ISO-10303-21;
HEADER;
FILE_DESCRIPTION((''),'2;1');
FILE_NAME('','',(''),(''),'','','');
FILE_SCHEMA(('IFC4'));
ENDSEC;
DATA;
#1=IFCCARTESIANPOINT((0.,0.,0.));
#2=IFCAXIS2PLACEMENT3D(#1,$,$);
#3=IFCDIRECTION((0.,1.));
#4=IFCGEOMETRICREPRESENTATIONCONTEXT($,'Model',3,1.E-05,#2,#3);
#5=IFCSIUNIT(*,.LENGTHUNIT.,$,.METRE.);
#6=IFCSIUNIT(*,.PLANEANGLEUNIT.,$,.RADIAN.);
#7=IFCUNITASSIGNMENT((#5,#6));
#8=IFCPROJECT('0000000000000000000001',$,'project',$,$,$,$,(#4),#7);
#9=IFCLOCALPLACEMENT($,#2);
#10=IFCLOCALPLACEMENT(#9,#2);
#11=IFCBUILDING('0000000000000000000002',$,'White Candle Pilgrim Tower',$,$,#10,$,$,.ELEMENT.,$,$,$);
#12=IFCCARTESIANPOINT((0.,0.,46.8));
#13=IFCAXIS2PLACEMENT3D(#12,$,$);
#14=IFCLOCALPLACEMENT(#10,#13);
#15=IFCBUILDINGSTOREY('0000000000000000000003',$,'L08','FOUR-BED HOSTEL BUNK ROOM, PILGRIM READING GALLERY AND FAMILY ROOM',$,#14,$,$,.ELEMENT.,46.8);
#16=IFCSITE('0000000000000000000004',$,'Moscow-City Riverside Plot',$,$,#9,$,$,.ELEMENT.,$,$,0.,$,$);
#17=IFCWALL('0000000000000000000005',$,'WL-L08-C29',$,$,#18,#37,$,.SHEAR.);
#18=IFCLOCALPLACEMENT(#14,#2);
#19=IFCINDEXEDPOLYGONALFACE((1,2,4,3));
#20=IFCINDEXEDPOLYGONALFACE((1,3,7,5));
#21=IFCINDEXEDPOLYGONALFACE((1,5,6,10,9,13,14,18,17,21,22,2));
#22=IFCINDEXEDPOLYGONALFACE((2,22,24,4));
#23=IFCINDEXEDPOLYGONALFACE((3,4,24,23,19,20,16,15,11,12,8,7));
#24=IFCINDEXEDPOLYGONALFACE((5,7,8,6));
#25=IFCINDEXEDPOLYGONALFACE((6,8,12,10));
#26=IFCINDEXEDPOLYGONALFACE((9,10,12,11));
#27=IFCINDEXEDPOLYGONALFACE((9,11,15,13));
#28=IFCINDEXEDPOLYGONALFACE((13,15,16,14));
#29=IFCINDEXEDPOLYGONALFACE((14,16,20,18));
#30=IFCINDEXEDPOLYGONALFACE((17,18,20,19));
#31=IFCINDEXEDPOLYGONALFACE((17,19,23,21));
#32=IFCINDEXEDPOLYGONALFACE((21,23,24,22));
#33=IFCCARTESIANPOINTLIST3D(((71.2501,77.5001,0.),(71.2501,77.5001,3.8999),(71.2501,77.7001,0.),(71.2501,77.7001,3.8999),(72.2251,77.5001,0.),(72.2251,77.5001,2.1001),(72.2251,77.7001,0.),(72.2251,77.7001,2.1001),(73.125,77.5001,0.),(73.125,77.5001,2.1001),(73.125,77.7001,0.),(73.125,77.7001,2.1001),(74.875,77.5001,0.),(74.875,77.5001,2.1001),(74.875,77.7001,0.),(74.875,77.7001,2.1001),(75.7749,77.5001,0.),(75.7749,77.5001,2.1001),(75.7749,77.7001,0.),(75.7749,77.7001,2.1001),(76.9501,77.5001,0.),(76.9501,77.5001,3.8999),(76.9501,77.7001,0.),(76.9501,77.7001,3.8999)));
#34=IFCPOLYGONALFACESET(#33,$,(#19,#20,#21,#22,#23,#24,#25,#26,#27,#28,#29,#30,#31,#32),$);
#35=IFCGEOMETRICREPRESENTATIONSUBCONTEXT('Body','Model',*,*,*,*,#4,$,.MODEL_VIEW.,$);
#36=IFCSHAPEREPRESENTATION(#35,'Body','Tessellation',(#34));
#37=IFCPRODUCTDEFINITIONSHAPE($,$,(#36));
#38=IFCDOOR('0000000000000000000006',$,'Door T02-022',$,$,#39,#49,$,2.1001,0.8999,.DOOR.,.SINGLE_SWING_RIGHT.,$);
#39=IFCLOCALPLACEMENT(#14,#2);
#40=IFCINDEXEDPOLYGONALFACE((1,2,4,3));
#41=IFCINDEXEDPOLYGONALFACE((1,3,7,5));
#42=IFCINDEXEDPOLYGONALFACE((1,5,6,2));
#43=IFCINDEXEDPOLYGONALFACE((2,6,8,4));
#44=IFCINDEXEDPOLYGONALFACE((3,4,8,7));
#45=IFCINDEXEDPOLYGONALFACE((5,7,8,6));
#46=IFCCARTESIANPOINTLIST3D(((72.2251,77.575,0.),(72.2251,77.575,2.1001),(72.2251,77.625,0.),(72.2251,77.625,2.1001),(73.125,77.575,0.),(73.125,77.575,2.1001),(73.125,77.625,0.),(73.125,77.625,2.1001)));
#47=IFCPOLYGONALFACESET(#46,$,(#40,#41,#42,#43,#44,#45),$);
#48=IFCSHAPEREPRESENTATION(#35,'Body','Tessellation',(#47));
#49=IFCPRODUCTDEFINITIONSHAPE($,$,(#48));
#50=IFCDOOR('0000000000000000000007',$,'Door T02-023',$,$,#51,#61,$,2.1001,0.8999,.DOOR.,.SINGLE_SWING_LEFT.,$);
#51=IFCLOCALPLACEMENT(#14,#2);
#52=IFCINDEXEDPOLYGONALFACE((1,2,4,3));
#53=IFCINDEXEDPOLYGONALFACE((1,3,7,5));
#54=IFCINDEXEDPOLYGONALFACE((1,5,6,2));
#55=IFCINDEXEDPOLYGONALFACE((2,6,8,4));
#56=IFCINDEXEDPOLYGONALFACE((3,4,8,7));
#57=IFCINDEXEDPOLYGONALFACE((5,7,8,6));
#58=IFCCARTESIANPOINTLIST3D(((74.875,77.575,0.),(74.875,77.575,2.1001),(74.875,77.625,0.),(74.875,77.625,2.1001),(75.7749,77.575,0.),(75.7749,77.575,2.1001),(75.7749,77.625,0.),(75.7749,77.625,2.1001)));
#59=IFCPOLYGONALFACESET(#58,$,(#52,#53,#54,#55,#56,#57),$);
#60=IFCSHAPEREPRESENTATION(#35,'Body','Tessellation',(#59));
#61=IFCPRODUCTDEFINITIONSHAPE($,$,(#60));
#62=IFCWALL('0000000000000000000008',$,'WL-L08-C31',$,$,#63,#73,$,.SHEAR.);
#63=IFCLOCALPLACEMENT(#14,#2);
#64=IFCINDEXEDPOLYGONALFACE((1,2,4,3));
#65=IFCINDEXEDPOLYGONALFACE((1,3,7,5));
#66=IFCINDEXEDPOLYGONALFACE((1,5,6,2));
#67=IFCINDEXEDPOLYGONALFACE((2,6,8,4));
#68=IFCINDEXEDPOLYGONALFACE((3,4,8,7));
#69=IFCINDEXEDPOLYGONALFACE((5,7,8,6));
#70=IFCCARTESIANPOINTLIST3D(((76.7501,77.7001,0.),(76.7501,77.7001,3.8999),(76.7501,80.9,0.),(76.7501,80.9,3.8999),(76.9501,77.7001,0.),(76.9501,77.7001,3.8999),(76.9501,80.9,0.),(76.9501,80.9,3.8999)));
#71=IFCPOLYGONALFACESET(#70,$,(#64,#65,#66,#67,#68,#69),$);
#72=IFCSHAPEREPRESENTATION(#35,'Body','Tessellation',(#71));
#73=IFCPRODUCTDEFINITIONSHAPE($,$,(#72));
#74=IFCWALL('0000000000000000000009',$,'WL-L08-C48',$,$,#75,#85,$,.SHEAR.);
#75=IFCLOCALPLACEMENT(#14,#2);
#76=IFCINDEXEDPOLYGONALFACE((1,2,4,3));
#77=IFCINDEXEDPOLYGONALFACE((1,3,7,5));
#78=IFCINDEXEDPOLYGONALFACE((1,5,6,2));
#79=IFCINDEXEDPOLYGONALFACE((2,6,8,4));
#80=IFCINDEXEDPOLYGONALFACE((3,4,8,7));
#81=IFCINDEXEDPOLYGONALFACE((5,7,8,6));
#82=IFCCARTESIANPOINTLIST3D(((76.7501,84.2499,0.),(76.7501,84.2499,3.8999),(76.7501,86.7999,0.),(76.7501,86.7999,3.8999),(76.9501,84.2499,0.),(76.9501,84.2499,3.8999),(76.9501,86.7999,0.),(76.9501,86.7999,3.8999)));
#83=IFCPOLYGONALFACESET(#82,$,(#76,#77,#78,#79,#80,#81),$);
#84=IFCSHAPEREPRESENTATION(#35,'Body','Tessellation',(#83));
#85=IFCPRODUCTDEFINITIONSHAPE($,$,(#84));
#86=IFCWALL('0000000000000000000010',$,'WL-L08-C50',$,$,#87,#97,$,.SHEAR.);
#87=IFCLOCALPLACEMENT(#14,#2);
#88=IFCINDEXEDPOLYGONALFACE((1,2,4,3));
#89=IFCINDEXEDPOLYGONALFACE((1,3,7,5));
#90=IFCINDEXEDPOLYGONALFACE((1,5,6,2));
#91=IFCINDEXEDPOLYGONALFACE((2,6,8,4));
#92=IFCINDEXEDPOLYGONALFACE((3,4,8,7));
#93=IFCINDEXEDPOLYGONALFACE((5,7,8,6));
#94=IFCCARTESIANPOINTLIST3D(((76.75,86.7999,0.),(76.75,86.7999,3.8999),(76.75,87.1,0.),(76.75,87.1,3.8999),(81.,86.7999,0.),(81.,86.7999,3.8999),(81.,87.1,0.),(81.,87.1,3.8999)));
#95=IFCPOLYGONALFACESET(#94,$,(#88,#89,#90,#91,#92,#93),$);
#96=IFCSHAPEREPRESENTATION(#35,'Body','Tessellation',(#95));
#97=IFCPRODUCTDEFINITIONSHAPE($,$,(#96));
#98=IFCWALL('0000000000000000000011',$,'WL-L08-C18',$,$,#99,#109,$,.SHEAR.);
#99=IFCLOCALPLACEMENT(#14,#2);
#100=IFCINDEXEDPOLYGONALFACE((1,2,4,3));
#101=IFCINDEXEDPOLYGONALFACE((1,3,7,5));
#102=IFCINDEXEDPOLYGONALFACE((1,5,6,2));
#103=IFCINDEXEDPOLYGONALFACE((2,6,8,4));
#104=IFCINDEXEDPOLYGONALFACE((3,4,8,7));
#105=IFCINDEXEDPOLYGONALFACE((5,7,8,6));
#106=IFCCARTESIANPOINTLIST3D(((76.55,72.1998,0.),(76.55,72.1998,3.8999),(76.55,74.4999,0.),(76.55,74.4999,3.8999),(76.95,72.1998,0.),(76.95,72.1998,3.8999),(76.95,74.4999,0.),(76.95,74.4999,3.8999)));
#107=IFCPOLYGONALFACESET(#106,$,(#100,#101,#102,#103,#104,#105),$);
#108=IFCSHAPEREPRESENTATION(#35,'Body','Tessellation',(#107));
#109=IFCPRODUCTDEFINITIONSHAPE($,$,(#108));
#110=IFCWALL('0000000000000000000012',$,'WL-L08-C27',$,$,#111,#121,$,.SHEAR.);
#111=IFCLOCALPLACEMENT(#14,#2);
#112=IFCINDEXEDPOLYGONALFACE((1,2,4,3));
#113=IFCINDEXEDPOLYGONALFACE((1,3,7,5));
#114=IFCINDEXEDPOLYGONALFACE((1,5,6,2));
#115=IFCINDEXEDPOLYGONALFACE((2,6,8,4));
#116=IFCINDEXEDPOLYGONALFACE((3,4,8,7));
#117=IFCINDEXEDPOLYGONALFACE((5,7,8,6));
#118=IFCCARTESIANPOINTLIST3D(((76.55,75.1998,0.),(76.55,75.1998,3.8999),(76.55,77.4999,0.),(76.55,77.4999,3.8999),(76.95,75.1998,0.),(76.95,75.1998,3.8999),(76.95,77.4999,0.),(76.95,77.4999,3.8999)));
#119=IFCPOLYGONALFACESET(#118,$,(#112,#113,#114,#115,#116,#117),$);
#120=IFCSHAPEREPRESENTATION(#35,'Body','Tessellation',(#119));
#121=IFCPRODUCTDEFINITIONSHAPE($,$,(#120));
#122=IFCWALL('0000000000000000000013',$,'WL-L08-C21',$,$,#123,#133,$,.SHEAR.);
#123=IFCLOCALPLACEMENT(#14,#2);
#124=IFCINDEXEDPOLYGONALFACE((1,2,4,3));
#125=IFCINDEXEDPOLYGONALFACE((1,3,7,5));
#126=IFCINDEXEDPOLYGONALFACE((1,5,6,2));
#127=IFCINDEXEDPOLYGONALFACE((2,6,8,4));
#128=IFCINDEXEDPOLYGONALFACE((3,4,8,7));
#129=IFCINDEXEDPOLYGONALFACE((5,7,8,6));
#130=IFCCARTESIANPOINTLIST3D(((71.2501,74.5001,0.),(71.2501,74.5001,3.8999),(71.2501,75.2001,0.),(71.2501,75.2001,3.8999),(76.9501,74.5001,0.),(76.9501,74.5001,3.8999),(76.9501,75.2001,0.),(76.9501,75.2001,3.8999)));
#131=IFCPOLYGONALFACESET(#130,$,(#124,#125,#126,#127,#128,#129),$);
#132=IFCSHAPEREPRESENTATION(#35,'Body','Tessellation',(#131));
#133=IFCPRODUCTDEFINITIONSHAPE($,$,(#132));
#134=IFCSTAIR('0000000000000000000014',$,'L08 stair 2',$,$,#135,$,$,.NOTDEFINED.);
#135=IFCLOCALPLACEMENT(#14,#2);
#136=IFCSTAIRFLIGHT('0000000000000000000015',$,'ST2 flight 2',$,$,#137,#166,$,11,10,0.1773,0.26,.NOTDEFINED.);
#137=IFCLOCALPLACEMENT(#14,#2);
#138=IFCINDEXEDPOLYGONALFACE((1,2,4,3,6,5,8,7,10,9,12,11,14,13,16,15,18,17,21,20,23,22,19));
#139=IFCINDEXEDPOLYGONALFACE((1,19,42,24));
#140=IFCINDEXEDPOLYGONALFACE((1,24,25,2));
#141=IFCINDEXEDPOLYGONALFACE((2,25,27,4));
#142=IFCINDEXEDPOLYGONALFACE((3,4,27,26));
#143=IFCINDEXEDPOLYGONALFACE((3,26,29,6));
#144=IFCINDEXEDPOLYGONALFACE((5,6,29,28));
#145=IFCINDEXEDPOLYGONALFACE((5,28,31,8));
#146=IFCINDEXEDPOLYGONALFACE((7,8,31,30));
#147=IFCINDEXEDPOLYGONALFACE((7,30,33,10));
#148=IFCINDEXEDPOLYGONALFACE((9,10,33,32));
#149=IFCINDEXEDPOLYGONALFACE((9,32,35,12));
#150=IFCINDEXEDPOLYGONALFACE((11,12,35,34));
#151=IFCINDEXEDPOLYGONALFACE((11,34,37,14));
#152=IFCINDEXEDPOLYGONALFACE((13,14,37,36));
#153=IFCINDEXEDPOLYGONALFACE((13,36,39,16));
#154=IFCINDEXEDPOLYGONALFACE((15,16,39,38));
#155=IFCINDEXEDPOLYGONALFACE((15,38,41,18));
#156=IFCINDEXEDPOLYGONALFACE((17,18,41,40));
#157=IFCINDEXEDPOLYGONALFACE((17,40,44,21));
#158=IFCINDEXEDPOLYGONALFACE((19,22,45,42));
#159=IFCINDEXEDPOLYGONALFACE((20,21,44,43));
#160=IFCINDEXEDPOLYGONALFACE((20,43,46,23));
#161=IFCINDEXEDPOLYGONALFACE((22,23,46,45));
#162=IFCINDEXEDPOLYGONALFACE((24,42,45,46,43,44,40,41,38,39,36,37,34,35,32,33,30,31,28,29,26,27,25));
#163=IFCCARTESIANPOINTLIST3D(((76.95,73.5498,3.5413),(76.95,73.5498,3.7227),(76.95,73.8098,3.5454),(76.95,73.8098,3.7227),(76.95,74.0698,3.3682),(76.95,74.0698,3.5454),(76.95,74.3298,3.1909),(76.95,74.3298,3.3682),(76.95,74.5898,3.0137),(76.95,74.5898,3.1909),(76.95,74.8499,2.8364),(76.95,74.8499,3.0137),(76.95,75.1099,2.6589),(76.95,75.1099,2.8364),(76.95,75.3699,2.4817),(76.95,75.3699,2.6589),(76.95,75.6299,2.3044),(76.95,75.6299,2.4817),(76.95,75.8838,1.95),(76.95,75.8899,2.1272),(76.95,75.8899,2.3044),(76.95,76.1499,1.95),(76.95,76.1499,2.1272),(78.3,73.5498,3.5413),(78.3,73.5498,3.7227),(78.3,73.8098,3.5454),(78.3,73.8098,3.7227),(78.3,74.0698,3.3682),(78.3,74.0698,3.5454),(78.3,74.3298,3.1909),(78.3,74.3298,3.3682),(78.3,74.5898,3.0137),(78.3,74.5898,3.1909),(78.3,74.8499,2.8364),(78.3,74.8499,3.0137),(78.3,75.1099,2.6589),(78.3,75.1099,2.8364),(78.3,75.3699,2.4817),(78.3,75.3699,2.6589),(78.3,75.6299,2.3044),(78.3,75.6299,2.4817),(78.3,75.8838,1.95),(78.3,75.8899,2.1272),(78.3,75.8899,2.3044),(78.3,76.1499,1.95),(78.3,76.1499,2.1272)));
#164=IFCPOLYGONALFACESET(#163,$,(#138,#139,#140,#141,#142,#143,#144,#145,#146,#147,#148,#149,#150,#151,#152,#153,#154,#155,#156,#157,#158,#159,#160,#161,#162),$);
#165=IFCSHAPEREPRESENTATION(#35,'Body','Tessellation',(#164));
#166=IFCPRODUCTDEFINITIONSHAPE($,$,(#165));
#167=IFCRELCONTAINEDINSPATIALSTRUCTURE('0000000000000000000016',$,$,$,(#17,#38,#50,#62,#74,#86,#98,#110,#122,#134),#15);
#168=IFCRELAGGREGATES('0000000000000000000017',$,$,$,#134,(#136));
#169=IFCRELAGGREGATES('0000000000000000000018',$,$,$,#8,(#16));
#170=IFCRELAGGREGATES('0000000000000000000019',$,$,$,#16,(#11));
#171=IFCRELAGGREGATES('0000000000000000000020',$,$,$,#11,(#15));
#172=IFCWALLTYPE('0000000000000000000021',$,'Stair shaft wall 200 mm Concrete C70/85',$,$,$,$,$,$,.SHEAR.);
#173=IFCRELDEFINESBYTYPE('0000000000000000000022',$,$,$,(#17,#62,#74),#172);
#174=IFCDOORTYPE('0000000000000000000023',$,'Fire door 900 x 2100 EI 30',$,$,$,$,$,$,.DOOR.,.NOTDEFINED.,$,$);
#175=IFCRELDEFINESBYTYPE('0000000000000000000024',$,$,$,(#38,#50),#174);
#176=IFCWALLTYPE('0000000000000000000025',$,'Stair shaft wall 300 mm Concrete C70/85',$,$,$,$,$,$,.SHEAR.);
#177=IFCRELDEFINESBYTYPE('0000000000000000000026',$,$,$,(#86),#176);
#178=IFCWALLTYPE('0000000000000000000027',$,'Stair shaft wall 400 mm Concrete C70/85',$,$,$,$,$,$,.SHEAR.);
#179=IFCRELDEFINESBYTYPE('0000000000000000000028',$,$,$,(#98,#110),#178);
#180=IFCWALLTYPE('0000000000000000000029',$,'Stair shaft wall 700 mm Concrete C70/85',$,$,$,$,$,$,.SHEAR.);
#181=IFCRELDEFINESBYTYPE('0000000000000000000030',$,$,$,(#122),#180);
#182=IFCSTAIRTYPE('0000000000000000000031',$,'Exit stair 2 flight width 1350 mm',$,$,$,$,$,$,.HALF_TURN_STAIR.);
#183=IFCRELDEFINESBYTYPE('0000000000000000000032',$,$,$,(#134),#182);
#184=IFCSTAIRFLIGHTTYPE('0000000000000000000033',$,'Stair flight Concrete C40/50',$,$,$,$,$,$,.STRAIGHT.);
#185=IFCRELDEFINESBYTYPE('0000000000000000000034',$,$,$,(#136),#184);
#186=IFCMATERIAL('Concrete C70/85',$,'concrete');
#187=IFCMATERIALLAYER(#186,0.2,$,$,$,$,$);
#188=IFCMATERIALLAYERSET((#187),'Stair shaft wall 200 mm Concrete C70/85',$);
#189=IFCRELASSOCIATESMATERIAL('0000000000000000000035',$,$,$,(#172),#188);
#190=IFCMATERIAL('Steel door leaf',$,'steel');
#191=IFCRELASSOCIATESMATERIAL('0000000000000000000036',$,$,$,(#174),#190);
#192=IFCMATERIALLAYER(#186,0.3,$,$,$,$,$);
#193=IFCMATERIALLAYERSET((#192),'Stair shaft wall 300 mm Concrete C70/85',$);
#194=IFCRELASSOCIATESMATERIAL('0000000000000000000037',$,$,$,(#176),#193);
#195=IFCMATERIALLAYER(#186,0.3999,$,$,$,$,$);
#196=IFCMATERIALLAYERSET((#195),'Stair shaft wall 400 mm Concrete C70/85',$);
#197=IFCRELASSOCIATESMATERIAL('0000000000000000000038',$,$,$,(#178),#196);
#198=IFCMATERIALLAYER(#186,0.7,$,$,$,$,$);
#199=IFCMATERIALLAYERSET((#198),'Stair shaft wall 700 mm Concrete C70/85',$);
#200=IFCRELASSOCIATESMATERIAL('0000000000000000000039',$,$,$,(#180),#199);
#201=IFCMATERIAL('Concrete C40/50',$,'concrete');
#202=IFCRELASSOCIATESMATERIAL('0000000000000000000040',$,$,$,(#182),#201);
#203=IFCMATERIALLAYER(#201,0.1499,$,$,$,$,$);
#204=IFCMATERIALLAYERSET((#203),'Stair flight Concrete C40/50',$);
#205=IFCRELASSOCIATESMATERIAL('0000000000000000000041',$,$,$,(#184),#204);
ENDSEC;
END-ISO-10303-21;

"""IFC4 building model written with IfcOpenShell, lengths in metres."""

from ifc_helpers import new_model, si_unit, direction, frame, frame_2d, origin, place, context, subcontext, project, spatial, polyline, rectangle, outline, extrude, material, layer, layer_set, type_object, element, fill, aggregate, save


model = new_model("IFC4")

# Units and contexts
model_context = context("Model", 3, precision=1e-05, world=origin(), true_north=direction((0.0, 1.0)))
body_context = subcontext(model_context, "Body", "Model", "MODEL_VIEW")
ifc_project = project(units=[si_unit("LENGTHUNIT", "METRE"), si_unit("PLANEANGLEUNIT", "RADIAN")], contexts=[model_context])

# Site, building, storey
site_placement = place(None, origin())
site = spatial("IfcSite", under=ifc_project, at=site_placement, Name="Moscow-City Riverside Plot", CompositionType="ELEMENT", RefElevation=0.0)
building_placement = place(site_placement, origin())
building = spatial("IfcBuilding", under=site, at=building_placement, Name="White Candle Pilgrim Tower", CompositionType="ELEMENT")
storey_placement = place(building_placement, frame((0.0, 0.0, 46.8)))
storey = spatial("IfcBuildingStorey", under=building, at=storey_placement, Name="L08", Description="FOUR-BED HOSTEL BUNK ROOM, PILGRIM READING GALLERY AND FAMILY ROOM", CompositionType="ELEMENT", Elevation=46.8)

# Shared definitions
ifc_material_1 = material(Name="Concrete C70/85", Category="concrete")

# Wall, openings, doors
ifc_layer_1 = layer(ifc_material_1, 0.2)
ifc_layer_set_1 = layer_set([ifc_layer_1], Name="Stair shaft wall 200 mm Concrete C70/85")
wall_type_1 = type_object("IfcWallType", Name="Stair shaft wall 200 mm Concrete C70/85", PredefinedType="SHEAR", material=ifc_layer_set_1)
wall_1_placement = place(storey_placement, frame((71.25, 77.6001, 0.0), z_axis=(0.0, 0.0, 1.0), x_axis=(1.0, 0.0, 0.0)))
wall_1 = element("IfcWall", 1, at=wall_1_placement, inside=storey, type_object=wall_type_1, Name="WL-L08-C29", PredefinedType="SHEAR", context=body_context, shape_type="SweptSolid", body=[
    extrude(rectangle(XDim=5.7, YDim=0.2, at=frame_2d((2.8501, 0.0))), origin(), (0.0, 0.0, 1.0), 3.8999),
])
opening_1_placement = place(wall_1_placement, frame((0.9751, 0.0, 0.0)))
opening_1 = element("IfcOpeningElement", 2, at=opening_1_placement, cuts=wall_1, PredefinedType="OPENING", context=body_context, shape_type="SweptSolid", body=[
    extrude(rectangle(XDim=0.8999, YDim=2.1001, at=frame_2d((0.45, 1.05))), frame((0.0, 0.1099, 0.0), z_axis=(0.0, -1.0, 0.0), x_axis=(1.0, 0.0, 0.0)), (0.0, 0.0, 1.0), 0.22),
])
opening_2_placement = place(wall_1_placement, frame((3.625, 0.0, 0.0)))
opening_2 = element("IfcOpeningElement", 3, at=opening_2_placement, cuts=wall_1, PredefinedType="OPENING", context=body_context, shape_type="SweptSolid", body=[
    extrude(rectangle(XDim=0.8999, YDim=2.1001, at=frame_2d((0.45, 1.05))), frame((0.0, 0.1099, 0.0), z_axis=(0.0, -1.0, 0.0), x_axis=(1.0, 0.0, 0.0)), (0.0, 0.0, 1.0), 0.22),
])
ifc_material_2 = material(Name="Steel door leaf", Category="steel")
door_type = type_object("IfcDoorType", Name="Fire door 900 x 2100 EI 30", OperationType="NOTDEFINED", PredefinedType="DOOR", material=ifc_material_2)
door_1_placement = place(opening_1_placement, origin())
door_1 = element("IfcDoor", 4, at=door_1_placement, inside=storey, type_object=door_type, Name="Door T02-022", OperationType="SINGLE_SWING_RIGHT", OverallHeight=2.1001, OverallWidth=0.8999, PredefinedType="DOOR", context=body_context, shape_type="SweptSolid", body=[
    extrude(rectangle(XDim=0.8999, YDim=2.1001, at=frame_2d((0.45, 1.05))), frame((0.0, 0.0249, 0.0), z_axis=(0.0, -1.0, 0.0), x_axis=(1.0, 0.0, 0.0)), (0.0, 0.0, 1.0), 0.05),
])
fill(opening_1, door_1)
door_2_placement = place(opening_2_placement, origin())
door_2 = element("IfcDoor", 5, at=door_2_placement, inside=storey, type_object=door_type, Name="Door T02-023", OperationType="SINGLE_SWING_LEFT", OverallHeight=2.1001, OverallWidth=0.8999, PredefinedType="DOOR", context=body_context, shape_type="SweptSolid", body=[
    extrude(rectangle(XDim=0.8999, YDim=2.1001, at=frame_2d((0.45, 1.05))), frame((0.0, 0.0249, 0.0), z_axis=(0.0, -1.0, 0.0), x_axis=(1.0, 0.0, 0.0)), (0.0, 0.0, 1.0), 0.05),
])
fill(opening_2, door_2)

# Walls
wall_2_placement = place(storey_placement, frame((76.8501, 77.7, 0.0), z_axis=(0.0, 0.0, 1.0), x_axis=(0.0, 1.0, 0.0)))
element("IfcWall", 6, at=wall_2_placement, inside=storey, type_object=wall_type_1, Name="WL-L08-C31", PredefinedType="SHEAR", context=body_context, shape_type="SweptSolid", body=[
    extrude(rectangle(XDim=3.2, YDim=0.2, at=frame_2d((1.6001, 0.0))), origin(), (0.0, 0.0, 1.0), 3.8999),
])
wall_3_placement = place(storey_placement, frame((76.8501, 84.25, 0.0), z_axis=(0.0, 0.0, 1.0), x_axis=(0.0, 1.0, 0.0)))
element("IfcWall", 7, at=wall_3_placement, inside=storey, type_object=wall_type_1, Name="WL-L08-C48", PredefinedType="SHEAR", context=body_context, shape_type="SweptSolid", body=[
    extrude(rectangle(XDim=2.55, YDim=0.2, at=frame_2d((1.2749, 0.0))), origin(), (0.0, 0.0, 1.0), 3.8999),
])
ifc_layer_2 = layer(ifc_material_1, 0.3)
ifc_layer_set_2 = layer_set([ifc_layer_2], Name="Stair shaft wall 300 mm Concrete C70/85")
wall_type_2 = type_object("IfcWallType", Name="Stair shaft wall 300 mm Concrete C70/85", PredefinedType="SHEAR", material=ifc_layer_set_2)
wall_4_placement = place(storey_placement, frame((76.75, 86.95, 0.0), z_axis=(0.0, 0.0, 1.0), x_axis=(1.0, 0.0, 0.0)))
element("IfcWall", 8, at=wall_4_placement, inside=storey, type_object=wall_type_2, Name="WL-L08-C50", PredefinedType="SHEAR", context=body_context, shape_type="SweptSolid", body=[
    extrude(rectangle(XDim=4.25, YDim=0.3, at=frame_2d((2.125, 0.0))), origin(), (0.0, 0.0, 1.0), 3.8999),
])
ifc_layer_3 = layer(ifc_material_1, 0.3999)
ifc_layer_set_3 = layer_set([ifc_layer_3], Name="Stair shaft wall 400 mm Concrete C70/85")
wall_type_3 = type_object("IfcWallType", Name="Stair shaft wall 400 mm Concrete C70/85", PredefinedType="SHEAR", material=ifc_layer_set_3)
for number, where, z_axis, x_axis, name in (
    (9, (76.75, 72.2, 0.0), (0.0, 0.0, 1.0), (0.0, 1.0, 0.0), "WL-L08-C18"),
    (10, (76.75, 75.2, 0.0), (0.0, 0.0, 1.0), (0.0, 1.0, 0.0), "WL-L08-C27"),
):
    element("IfcWall", number, at=place(storey_placement, frame(where, z_axis=z_axis, x_axis=x_axis)), inside=storey, type_object=wall_type_3, Name=name, PredefinedType="SHEAR", context=body_context, shape_type="SweptSolid", body=[
        extrude(rectangle(XDim=2.3, YDim=0.3999, at=frame_2d((1.1499, 0.0))), origin(), (0.0, 0.0, 1.0), 3.8999),
    ])
ifc_layer_4 = layer(ifc_material_1, 0.7)
ifc_layer_set_4 = layer_set([ifc_layer_4], Name="Stair shaft wall 700 mm Concrete C70/85")
wall_type_4 = type_object("IfcWallType", Name="Stair shaft wall 700 mm Concrete C70/85", PredefinedType="SHEAR", material=ifc_layer_set_4)
wall_5_placement = place(storey_placement, frame((71.25, 74.8501, 0.0), z_axis=(0.0, 0.0, 1.0), x_axis=(1.0, 0.0, 0.0)))
element("IfcWall", 11, at=wall_5_placement, inside=storey, type_object=wall_type_4, Name="WL-L08-C21", PredefinedType="SHEAR", context=body_context, shape_type="SweptSolid", body=[
    extrude(rectangle(XDim=5.7, YDim=0.7, at=frame_2d((2.8501, 0.0))), origin(), (0.0, 0.0, 1.0), 3.8999),
])

# Stair, stair flight
ifc_material_3 = material(Name="Concrete C40/50", Category="concrete")
stair_type_1 = type_object("IfcStairType", Name="Exit stair 2 flight width 1350 mm", PredefinedType="HALF_TURN_STAIR", material=ifc_material_3)
stair_1_placement = place(storey_placement, origin())
stair_1 = element("IfcStair", 12, at=stair_1_placement, inside=storey, type_object=stair_type_1, Name="L08 stair 2", PredefinedType="NOTDEFINED")
ifc_layer_5 = layer(ifc_material_3, 0.1499)
ifc_layer_set_5 = layer_set([ifc_layer_5], Name="Stair flight Concrete C40/50")
stair_flight_type = type_object("IfcStairFlightType", Name="Stair flight Concrete C40/50", PredefinedType="STRAIGHT", material=ifc_layer_set_5)
stair_flight_1_placement = place(storey_placement, frame((77.625, 76.1499, 1.95), z_axis=(0.0, 0.0, 1.0), x_axis=(0.0, -1.0, 0.0)))
stair_flight_1 = element("IfcStairFlight", 13, at=stair_flight_1_placement, type_object=stair_flight_type, Name="ST2 flight 2", NumberOfRisers=11, NumberOfTreads=10, PredefinedType="NOTDEFINED", RiserHeight=0.1773, TreadLength=0.26, context=body_context, shape_type="SweptSolid", body=[
    extrude(outline(polyline([(0.0, 0.0), (0.0, 0.1772), (0.26, 0.1772), (0.26, 0.3545), (0.52, 0.3545), (0.52, 0.5317), (0.78, 0.5317), (0.78, 0.709), (1.04, 0.709), (1.04, 0.8865), (1.3, 0.8865), (1.3, 1.0637), (1.5601, 1.0637), (1.5601, 1.241), (1.8201, 1.241), (1.8201, 1.4182), (2.0801, 1.4182), (2.0801, 1.5955), (2.3401, 1.5955), (2.3401, 1.7727), (2.6001, 1.7727), (2.6001, 1.95), (2.6001, 1.5913), (0.2661, 0.0), (0.0, 0.0)])), frame((0.0, 0.675, 0.0), z_axis=(0.0, -1.0, 0.0), x_axis=(1.0, 0.0, 0.0)), (0.0, 0.0, 1.0), 1.3501),
])
aggregate(stair_1, [stair_flight_1])

save(model, "model.ifc")
